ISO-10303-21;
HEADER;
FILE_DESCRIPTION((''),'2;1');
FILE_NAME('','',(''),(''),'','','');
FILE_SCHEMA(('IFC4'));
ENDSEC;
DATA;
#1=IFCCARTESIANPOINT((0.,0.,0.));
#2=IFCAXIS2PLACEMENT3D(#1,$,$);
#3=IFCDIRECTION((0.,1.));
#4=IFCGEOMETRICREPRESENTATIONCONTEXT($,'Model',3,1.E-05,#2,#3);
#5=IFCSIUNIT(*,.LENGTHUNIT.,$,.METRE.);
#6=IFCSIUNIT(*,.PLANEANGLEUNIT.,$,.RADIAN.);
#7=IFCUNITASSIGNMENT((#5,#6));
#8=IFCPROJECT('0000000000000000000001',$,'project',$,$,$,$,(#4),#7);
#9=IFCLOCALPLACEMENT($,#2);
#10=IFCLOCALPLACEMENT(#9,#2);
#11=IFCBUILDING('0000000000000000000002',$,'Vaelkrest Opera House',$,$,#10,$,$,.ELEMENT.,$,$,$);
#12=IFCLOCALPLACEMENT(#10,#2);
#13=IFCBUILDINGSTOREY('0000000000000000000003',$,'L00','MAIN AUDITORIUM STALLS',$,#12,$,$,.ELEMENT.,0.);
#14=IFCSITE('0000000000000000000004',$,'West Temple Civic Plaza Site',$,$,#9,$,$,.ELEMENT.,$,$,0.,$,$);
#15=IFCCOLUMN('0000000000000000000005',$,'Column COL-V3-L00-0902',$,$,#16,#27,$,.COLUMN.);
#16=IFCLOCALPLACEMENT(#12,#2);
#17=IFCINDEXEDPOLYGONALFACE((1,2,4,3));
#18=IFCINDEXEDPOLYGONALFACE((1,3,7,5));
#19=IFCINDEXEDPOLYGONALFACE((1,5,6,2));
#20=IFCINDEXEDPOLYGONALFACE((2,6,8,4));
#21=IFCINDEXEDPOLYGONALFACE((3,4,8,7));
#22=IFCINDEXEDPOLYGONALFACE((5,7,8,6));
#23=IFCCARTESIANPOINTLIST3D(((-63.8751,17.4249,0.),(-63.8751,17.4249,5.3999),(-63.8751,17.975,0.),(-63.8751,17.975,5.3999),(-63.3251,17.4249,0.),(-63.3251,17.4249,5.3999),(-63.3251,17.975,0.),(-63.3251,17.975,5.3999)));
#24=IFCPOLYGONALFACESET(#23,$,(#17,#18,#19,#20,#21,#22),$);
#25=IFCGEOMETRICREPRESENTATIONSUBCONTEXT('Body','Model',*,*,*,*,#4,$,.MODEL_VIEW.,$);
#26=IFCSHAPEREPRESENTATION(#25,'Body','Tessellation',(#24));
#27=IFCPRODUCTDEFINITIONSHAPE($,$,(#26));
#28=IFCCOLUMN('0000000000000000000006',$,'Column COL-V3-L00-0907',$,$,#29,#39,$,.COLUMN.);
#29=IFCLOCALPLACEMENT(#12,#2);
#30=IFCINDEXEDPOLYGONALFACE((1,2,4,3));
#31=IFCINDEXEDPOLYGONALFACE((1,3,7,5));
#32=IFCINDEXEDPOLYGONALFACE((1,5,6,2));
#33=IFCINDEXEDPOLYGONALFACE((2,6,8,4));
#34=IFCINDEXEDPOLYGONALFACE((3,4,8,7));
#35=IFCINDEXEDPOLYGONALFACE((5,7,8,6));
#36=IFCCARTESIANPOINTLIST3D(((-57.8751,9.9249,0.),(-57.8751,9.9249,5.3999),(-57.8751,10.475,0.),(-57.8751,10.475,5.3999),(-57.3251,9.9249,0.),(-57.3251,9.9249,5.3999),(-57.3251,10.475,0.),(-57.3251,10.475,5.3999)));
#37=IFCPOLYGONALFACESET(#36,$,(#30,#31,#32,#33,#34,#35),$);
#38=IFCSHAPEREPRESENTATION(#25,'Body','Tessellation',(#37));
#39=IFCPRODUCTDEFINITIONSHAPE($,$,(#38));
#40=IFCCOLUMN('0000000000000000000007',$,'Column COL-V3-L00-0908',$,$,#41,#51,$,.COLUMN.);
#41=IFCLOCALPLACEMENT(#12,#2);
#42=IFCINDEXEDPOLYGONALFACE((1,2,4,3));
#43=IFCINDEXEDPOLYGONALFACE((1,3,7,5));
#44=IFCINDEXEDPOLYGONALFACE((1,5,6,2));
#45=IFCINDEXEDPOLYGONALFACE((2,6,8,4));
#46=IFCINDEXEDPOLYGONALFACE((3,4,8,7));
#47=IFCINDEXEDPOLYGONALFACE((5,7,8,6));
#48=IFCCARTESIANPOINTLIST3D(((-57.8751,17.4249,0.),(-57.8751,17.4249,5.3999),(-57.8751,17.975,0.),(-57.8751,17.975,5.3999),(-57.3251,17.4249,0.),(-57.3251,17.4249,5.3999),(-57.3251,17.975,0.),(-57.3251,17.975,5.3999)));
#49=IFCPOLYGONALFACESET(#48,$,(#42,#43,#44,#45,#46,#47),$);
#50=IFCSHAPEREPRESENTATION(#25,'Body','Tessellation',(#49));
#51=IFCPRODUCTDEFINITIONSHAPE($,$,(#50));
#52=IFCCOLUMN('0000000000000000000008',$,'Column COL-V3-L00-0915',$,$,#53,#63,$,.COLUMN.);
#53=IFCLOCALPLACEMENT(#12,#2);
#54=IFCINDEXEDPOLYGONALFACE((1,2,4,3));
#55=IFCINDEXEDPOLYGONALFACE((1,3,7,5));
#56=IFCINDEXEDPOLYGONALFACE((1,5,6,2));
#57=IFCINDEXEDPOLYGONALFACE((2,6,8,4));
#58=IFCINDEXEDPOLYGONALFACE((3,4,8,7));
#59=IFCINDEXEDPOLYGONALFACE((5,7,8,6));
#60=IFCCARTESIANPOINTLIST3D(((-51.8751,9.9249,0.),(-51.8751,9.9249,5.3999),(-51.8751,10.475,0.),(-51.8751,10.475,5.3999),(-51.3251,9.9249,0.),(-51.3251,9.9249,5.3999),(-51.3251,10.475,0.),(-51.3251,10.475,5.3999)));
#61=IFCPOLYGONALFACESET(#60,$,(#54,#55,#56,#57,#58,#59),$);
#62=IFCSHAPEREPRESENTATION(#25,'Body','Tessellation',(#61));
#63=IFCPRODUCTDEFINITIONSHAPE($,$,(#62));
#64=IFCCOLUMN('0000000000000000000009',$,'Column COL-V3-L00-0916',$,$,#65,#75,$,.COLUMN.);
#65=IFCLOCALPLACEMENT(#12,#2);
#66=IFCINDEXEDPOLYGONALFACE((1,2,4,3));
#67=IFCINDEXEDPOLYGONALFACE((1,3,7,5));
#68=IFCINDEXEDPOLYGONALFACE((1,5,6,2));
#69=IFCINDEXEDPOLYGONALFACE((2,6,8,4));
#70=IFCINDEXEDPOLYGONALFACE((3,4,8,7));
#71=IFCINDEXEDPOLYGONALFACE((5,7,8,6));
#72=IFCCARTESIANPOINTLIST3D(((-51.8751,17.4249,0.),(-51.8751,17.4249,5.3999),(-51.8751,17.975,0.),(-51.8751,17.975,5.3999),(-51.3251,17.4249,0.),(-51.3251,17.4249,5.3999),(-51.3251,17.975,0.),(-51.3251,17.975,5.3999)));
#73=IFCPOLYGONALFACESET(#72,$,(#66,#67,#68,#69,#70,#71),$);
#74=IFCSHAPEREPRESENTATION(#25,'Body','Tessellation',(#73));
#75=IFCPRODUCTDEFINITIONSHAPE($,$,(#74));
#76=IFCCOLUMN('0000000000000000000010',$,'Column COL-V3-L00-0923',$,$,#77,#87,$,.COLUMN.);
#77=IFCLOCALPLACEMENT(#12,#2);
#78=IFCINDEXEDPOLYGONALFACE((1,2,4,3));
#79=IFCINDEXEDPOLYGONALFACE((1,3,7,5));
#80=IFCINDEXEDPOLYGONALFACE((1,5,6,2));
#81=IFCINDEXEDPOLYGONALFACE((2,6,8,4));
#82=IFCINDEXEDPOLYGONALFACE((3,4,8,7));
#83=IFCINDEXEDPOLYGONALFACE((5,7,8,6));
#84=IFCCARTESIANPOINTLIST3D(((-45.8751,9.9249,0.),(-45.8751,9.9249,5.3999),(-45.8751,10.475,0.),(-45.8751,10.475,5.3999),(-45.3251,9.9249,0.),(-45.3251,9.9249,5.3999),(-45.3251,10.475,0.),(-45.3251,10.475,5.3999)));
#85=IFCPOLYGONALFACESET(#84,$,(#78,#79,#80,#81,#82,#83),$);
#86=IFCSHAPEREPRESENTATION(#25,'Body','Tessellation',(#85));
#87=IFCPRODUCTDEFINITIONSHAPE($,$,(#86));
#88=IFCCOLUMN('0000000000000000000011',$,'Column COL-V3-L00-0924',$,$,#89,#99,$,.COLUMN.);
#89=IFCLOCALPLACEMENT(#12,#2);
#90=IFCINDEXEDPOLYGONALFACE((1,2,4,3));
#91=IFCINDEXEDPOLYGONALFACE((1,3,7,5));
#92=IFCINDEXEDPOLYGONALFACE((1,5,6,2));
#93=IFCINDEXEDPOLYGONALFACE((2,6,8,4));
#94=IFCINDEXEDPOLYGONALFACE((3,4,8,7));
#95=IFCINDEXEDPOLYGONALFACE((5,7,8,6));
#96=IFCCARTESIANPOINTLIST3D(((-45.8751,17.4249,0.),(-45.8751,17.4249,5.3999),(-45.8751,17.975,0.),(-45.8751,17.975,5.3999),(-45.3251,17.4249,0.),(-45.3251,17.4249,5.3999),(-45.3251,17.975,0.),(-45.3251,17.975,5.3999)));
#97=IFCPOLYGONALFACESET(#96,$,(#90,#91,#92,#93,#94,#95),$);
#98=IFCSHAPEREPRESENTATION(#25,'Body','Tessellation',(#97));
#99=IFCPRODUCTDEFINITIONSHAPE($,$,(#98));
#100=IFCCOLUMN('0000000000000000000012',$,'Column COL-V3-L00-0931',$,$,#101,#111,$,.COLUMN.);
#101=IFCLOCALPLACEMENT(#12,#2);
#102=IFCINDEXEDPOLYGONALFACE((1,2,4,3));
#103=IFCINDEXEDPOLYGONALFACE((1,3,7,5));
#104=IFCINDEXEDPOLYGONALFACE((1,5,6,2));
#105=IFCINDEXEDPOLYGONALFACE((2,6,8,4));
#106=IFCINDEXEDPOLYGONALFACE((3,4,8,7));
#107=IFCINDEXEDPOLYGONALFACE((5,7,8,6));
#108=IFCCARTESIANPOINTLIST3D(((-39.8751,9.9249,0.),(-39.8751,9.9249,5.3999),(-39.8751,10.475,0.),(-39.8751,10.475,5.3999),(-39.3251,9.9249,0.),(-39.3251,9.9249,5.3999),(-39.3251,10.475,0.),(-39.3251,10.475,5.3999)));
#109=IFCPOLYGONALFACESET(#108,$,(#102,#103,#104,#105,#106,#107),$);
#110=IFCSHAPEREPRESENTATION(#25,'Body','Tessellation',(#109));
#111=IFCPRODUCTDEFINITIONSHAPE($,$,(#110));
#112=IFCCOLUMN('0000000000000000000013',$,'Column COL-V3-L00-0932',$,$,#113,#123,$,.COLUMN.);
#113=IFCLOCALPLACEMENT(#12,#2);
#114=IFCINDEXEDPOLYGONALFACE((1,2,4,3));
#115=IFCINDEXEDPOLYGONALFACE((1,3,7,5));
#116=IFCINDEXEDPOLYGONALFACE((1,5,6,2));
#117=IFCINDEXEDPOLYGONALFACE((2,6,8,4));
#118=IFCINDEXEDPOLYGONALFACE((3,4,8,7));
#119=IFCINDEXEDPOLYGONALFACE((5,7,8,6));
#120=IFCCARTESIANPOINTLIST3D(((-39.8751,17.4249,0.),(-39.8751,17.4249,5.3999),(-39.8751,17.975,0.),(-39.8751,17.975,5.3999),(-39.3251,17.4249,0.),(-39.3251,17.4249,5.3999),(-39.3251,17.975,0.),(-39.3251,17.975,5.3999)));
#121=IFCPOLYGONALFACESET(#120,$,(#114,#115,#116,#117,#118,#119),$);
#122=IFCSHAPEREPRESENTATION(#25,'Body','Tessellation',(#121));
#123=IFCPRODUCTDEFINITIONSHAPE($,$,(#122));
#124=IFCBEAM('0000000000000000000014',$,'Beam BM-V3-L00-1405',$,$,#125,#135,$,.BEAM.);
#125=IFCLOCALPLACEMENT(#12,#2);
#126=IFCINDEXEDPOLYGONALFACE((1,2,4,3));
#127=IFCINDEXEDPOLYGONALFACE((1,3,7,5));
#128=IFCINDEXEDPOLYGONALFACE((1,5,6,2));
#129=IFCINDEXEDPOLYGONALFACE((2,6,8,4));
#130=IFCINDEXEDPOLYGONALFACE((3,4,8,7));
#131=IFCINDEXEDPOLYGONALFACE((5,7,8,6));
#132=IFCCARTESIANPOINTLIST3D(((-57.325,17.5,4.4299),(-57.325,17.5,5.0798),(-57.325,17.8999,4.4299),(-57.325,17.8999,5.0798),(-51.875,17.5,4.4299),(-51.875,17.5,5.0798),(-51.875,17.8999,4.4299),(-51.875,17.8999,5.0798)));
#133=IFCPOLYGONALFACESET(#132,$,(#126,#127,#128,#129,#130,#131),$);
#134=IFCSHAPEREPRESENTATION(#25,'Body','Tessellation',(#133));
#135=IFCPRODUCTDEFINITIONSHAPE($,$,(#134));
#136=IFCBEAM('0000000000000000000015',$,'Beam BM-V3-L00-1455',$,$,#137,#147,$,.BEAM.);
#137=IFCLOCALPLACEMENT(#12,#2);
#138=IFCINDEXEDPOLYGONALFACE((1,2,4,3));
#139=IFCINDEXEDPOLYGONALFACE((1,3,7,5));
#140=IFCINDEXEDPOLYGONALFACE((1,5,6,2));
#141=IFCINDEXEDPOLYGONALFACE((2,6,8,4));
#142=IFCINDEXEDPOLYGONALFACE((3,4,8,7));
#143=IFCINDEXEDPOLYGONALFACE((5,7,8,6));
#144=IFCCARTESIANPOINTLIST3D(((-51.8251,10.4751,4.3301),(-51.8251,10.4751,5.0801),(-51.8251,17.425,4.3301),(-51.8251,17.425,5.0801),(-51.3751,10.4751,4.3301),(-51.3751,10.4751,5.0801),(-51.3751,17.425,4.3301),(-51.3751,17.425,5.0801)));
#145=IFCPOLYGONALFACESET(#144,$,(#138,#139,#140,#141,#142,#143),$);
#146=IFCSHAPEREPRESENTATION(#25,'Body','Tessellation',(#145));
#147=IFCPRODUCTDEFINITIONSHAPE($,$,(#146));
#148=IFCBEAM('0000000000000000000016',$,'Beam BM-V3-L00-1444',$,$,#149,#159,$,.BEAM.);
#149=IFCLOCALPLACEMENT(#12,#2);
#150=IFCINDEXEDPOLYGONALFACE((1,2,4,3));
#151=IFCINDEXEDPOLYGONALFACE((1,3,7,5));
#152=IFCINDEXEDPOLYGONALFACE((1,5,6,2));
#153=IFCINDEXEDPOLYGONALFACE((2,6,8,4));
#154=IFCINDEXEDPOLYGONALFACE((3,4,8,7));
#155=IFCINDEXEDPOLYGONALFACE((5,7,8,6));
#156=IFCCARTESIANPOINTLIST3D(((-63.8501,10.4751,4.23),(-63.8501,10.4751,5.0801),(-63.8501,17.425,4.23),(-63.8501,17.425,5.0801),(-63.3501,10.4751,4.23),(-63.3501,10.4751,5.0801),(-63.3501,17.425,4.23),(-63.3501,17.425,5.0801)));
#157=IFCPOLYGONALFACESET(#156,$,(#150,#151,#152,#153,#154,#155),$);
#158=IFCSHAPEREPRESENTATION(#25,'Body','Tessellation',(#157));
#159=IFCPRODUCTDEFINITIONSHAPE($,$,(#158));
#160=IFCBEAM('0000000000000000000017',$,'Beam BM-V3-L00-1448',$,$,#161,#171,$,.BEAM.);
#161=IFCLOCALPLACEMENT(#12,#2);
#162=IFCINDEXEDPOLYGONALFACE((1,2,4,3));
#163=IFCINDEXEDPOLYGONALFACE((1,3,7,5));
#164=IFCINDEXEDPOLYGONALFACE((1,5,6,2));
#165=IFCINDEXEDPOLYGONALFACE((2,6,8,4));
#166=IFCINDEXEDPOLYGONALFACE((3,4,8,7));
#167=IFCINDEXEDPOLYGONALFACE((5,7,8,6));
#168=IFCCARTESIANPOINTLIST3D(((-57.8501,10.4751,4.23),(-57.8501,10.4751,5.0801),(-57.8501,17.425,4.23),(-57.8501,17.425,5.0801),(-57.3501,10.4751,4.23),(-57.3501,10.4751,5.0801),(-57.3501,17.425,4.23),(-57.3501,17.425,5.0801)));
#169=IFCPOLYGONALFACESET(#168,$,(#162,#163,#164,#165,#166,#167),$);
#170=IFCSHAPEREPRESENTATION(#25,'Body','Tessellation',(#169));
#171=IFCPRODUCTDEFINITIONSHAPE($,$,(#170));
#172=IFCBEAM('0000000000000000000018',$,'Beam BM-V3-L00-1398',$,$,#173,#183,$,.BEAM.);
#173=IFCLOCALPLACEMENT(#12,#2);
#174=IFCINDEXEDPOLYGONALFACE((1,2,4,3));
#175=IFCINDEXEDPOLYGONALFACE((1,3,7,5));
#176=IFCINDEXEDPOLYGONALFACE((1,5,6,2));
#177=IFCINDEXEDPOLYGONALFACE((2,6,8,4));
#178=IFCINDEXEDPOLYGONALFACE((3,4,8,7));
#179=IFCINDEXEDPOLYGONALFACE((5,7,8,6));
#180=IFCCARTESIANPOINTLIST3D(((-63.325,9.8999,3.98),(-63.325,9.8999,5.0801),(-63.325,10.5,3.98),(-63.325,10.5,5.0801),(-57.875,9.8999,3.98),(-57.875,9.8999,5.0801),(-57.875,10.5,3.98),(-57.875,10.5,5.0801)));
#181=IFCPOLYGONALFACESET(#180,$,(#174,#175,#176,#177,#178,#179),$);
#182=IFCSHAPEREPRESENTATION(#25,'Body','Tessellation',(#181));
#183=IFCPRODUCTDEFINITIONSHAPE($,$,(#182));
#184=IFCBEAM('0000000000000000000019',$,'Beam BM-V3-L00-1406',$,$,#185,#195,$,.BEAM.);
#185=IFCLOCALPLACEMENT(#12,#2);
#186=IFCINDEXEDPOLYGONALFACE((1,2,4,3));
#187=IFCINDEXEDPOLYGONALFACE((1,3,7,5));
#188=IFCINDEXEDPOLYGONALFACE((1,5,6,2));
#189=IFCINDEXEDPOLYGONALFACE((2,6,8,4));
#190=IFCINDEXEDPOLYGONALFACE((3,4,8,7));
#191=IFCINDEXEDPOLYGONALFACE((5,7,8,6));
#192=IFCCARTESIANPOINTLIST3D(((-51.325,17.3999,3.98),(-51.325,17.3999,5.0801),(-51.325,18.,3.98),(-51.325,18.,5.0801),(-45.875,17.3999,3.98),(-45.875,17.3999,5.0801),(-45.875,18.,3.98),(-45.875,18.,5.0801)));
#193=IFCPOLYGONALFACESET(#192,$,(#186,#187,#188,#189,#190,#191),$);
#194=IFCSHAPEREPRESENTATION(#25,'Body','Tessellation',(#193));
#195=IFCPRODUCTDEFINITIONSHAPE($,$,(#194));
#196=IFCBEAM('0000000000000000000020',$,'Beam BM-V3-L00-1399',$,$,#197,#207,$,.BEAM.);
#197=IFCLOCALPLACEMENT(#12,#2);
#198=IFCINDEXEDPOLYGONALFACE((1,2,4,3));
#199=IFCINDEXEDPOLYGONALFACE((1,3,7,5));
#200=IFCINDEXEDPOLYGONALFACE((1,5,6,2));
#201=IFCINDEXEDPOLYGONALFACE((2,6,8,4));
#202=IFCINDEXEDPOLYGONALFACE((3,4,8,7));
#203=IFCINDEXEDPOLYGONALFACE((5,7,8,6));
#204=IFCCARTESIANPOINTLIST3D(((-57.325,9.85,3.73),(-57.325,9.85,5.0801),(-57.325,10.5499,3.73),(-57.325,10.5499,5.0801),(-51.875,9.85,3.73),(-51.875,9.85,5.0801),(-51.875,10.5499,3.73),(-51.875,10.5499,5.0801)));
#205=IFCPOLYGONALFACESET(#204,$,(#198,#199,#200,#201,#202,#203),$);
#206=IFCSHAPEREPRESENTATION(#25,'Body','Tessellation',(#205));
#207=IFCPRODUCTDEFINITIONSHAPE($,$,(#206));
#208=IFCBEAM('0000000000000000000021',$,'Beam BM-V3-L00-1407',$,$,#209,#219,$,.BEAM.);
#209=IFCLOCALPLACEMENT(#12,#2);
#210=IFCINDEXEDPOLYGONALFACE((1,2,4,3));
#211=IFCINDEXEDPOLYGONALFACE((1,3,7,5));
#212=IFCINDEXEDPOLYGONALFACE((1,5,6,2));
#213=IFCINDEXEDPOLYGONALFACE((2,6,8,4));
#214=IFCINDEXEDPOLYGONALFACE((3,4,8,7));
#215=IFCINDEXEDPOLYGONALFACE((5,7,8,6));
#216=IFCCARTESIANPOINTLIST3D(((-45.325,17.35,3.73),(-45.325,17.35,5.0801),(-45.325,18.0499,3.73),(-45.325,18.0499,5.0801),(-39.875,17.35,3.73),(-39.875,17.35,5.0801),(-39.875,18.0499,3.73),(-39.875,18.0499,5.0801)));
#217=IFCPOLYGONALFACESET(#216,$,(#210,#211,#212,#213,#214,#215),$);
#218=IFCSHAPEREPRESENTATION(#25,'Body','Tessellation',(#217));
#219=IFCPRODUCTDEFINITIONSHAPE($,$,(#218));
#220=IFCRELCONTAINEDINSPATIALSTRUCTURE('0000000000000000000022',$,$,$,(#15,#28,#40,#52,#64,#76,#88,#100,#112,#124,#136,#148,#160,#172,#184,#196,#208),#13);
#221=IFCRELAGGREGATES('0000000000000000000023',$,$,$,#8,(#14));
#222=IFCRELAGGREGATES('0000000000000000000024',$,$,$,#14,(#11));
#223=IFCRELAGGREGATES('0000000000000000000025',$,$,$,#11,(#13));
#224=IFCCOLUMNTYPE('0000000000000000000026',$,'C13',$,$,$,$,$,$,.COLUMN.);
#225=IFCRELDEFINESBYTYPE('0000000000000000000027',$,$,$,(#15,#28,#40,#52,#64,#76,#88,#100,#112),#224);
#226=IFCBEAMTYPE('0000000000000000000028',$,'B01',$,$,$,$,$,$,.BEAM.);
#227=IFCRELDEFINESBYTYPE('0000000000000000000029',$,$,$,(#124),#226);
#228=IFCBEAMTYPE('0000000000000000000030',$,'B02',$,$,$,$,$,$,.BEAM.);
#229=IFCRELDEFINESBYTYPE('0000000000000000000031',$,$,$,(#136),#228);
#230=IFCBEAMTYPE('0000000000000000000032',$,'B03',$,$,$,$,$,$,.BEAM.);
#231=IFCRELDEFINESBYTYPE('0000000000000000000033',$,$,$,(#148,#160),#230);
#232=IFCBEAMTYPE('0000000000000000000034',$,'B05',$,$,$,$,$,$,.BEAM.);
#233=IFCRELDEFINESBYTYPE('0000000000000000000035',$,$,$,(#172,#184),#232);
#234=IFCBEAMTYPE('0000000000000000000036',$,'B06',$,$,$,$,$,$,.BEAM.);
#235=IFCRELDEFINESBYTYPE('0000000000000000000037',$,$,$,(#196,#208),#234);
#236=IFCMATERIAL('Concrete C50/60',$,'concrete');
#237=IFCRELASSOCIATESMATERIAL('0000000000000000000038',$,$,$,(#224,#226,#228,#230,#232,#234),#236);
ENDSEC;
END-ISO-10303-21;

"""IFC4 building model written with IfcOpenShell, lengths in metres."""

from ifc_helpers import new_model, si_unit, direction, frame, origin, origin_2d, place, context, subcontext, project, spatial, rectangle, extrude, material, material_profile, profile_set, type_object, element, save


model = new_model("IFC4")

# Units and contexts
model_context = context("Model", 3, precision=1e-05, world=origin(), true_north=direction((0.0, 1.0)))
body_context = subcontext(model_context, "Body", "Model", "MODEL_VIEW")
ifc_project = project(units=[si_unit("LENGTHUNIT", "METRE"), si_unit("PLANEANGLEUNIT", "RADIAN")], contexts=[model_context])

# Site, building, storey
site_placement = place(None, origin())
site = spatial("IfcSite", under=ifc_project, at=site_placement, Name="West Temple Civic Plaza Site", CompositionType="ELEMENT", RefElevation=0.0)
building_placement = place(site_placement, origin())
building = spatial("IfcBuilding", under=site, at=building_placement, Name="Vaelkrest Opera House", CompositionType="ELEMENT")
storey_placement = place(building_placement, origin())
storey = spatial("IfcBuildingStorey", under=building, at=storey_placement, Name="L00", Description="MAIN AUDITORIUM STALLS", CompositionType="ELEMENT", Elevation=0.0)

# Columns
ifc_material_1 = material(Name="Concrete C50/60", Category="concrete")
ifc_material_profile_1 = material_profile(ifc_material_1, rectangle(XDim=0.55, YDim=0.55, at=origin_2d()), Name="RC550X550")
ifc_profile_set_1 = profile_set([ifc_material_profile_1], Name="Concrete C50/60")
column_type = type_object("IfcColumnType", Name="C13", PredefinedType="COLUMN", material=ifc_profile_set_1)
for number, where, z_axis, x_axis, name in (
    (1, (-63.6001, 17.7, 0.0), (0.0, 0.0, 1.0), (1.0, 0.0, 0.0), "Column COL-V3-L00-0902"),
    (2, (-57.6001, 10.2, 0.0), (0.0, 0.0, 1.0), (1.0, 0.0, 0.0), "Column COL-V3-L00-0907"),
    (3, (-57.6001, 17.7, 0.0), (0.0, 0.0, 1.0), (1.0, 0.0, 0.0), "Column COL-V3-L00-0908"),
    (4, (-51.6001, 10.2, 0.0), (0.0, 0.0, 1.0), (1.0, 0.0, 0.0), "Column COL-V3-L00-0915"),
    (5, (-51.6001, 17.7, 0.0), (0.0, 0.0, 1.0), (1.0, 0.0, 0.0), "Column COL-V3-L00-0916"),
    (6, (-45.6001, 10.2, 0.0), (0.0, 0.0, 1.0), (1.0, 0.0, 0.0), "Column COL-V3-L00-0923"),
    (7, (-45.6001, 17.7, 0.0), (0.0, 0.0, 1.0), (1.0, 0.0, 0.0), "Column COL-V3-L00-0924"),
    (8, (-39.6001, 10.2, 0.0), (0.0, 0.0, 1.0), (1.0, 0.0, 0.0), "Column COL-V3-L00-0931"),
    (9, (-39.6001, 17.7, 0.0), (0.0, 0.0, 1.0), (1.0, 0.0, 0.0), "Column COL-V3-L00-0932"),
):
    element("IfcColumn", number, at=place(storey_placement, frame(where, z_axis=z_axis, x_axis=x_axis)), inside=storey, type_object=column_type, Name=name, PredefinedType="COLUMN", context=body_context, shape_type="SweptSolid", body=[
        extrude(rectangle(XDim=0.55, YDim=0.55, at=origin_2d()), origin(), (0.0, 0.0, 1.0), 5.3999),
    ])

# Beams
ifc_material_profile_2 = material_profile(ifc_material_1, rectangle(XDim=0.3999, YDim=0.6499, at=origin_2d()), Name="RCB400X650")
ifc_profile_set_2 = profile_set([ifc_material_profile_2], Name="Concrete C50/60")
beam_type_1 = type_object("IfcBeamType", Name="B01", PredefinedType="BEAM", material=ifc_profile_set_2)
beam_1_placement = place(storey_placement, frame((-57.325, 17.7, 4.7549), z_axis=(1.0, 0.0, 0.0), x_axis=(0.0, 1.0, 0.0)))
element("IfcBeam", 10, at=beam_1_placement, inside=storey, type_object=beam_type_1, Name="Beam BM-V3-L00-1405", PredefinedType="BEAM", context=body_context, shape_type="SweptSolid", body=[
    extrude(rectangle(XDim=0.3999, YDim=0.6499, at=origin_2d()), origin(), (0.0, 0.0, 1.0), 5.45),
])
ifc_material_profile_3 = material_profile(ifc_material_1, rectangle(XDim=0.45, YDim=0.75, at=origin_2d()), Name="RCB450X750")
ifc_profile_set_3 = profile_set([ifc_material_profile_3], Name="Concrete C50/60")
beam_type_2 = type_object("IfcBeamType", Name="B02", PredefinedType="BEAM", material=ifc_profile_set_3)
beam_2_placement = place(storey_placement, frame((-51.6001, 10.4751, 4.7051), z_axis=(0.0, 1.0, 0.0), x_axis=(-1.0, 0.0, 0.0)))
element("IfcBeam", 11, at=beam_2_placement, inside=storey, type_object=beam_type_2, Name="Beam BM-V3-L00-1455", PredefinedType="BEAM", context=body_context, shape_type="SweptSolid", body=[
    extrude(rectangle(XDim=0.45, YDim=0.75, at=origin_2d()), origin(), (0.0, 0.0, 1.0), 6.95),
])
ifc_material_profile_4 = material_profile(ifc_material_1, rectangle(XDim=0.5, YDim=0.8501, at=origin_2d()), Name="RCB500X850")
ifc_profile_set_4 = profile_set([ifc_material_profile_4], Name="Concrete C50/60")
beam_type_3 = type_object("IfcBeamType", Name="B03", PredefinedType="BEAM", material=ifc_profile_set_4)
for number, where, z_axis, x_axis, name in (
    (12, (-63.6001, 10.4751, 4.655), (0.0, 1.0, 0.0), (-1.0, 0.0, 0.0), "Beam BM-V3-L00-1444"),
    (13, (-57.6001, 10.4751, 4.655), (0.0, 1.0, 0.0), (-1.0, 0.0, 0.0), "Beam BM-V3-L00-1448"),
):
    element("IfcBeam", number, at=place(storey_placement, frame(where, z_axis=z_axis, x_axis=x_axis)), inside=storey, type_object=beam_type_3, Name=name, PredefinedType="BEAM", context=body_context, shape_type="SweptSolid", body=[
        extrude(rectangle(XDim=0.5, YDim=0.8501, at=origin_2d()), origin(), (0.0, 0.0, 1.0), 6.95),
    ])
ifc_material_profile_5 = material_profile(ifc_material_1, rectangle(XDim=0.6001, YDim=1.1001, at=origin_2d()), Name="RCB600X1100")
ifc_profile_set_5 = profile_set([ifc_material_profile_5], Name="Concrete C50/60")
beam_type_4 = type_object("IfcBeamType", Name="B05", PredefinedType="BEAM", material=ifc_profile_set_5)
for number, where, z_axis, x_axis, name in (
    (14, (-63.325, 10.2, 4.53), (1.0, 0.0, 0.0), (0.0, 1.0, 0.0), "Beam BM-V3-L00-1398"),
    (15, (-51.325, 17.7, 4.53), (1.0, 0.0, 0.0), (0.0, 1.0, 0.0), "Beam BM-V3-L00-1406"),
):
    element("IfcBeam", number, at=place(storey_placement, frame(where, z_axis=z_axis, x_axis=x_axis)), inside=storey, type_object=beam_type_4, Name=name, PredefinedType="BEAM", context=body_context, shape_type="SweptSolid", body=[
        extrude(rectangle(XDim=0.6001, YDim=1.1001, at=origin_2d()), origin(), (0.0, 0.0, 1.0), 5.45),
    ])
ifc_material_profile_6 = material_profile(ifc_material_1, rectangle(XDim=0.7, YDim=1.3501, at=origin_2d()), Name="RCB700X1350")
ifc_profile_set_6 = profile_set([ifc_material_profile_6], Name="Concrete C50/60")
beam_type_5 = type_object("IfcBeamType", Name="B06", PredefinedType="BEAM", material=ifc_profile_set_6)
for number, where, z_axis, x_axis, name in (
    (16, (-57.325, 10.2, 4.405), (1.0, 0.0, 0.0), (0.0, 1.0, 0.0), "Beam BM-V3-L00-1399"),
    (17, (-45.325, 17.7, 4.405), (1.0, 0.0, 0.0), (0.0, 1.0, 0.0), "Beam BM-V3-L00-1407"),
):
    element("IfcBeam", number, at=place(storey_placement, frame(where, z_axis=z_axis, x_axis=x_axis)), inside=storey, type_object=beam_type_5, Name=name, PredefinedType="BEAM", context=body_context, shape_type="SweptSolid", body=[
        extrude(rectangle(XDim=0.7, YDim=1.3501, at=origin_2d()), origin(), (0.0, 0.0, 1.0), 5.45),
    ])

save(model, "model.ifc")
